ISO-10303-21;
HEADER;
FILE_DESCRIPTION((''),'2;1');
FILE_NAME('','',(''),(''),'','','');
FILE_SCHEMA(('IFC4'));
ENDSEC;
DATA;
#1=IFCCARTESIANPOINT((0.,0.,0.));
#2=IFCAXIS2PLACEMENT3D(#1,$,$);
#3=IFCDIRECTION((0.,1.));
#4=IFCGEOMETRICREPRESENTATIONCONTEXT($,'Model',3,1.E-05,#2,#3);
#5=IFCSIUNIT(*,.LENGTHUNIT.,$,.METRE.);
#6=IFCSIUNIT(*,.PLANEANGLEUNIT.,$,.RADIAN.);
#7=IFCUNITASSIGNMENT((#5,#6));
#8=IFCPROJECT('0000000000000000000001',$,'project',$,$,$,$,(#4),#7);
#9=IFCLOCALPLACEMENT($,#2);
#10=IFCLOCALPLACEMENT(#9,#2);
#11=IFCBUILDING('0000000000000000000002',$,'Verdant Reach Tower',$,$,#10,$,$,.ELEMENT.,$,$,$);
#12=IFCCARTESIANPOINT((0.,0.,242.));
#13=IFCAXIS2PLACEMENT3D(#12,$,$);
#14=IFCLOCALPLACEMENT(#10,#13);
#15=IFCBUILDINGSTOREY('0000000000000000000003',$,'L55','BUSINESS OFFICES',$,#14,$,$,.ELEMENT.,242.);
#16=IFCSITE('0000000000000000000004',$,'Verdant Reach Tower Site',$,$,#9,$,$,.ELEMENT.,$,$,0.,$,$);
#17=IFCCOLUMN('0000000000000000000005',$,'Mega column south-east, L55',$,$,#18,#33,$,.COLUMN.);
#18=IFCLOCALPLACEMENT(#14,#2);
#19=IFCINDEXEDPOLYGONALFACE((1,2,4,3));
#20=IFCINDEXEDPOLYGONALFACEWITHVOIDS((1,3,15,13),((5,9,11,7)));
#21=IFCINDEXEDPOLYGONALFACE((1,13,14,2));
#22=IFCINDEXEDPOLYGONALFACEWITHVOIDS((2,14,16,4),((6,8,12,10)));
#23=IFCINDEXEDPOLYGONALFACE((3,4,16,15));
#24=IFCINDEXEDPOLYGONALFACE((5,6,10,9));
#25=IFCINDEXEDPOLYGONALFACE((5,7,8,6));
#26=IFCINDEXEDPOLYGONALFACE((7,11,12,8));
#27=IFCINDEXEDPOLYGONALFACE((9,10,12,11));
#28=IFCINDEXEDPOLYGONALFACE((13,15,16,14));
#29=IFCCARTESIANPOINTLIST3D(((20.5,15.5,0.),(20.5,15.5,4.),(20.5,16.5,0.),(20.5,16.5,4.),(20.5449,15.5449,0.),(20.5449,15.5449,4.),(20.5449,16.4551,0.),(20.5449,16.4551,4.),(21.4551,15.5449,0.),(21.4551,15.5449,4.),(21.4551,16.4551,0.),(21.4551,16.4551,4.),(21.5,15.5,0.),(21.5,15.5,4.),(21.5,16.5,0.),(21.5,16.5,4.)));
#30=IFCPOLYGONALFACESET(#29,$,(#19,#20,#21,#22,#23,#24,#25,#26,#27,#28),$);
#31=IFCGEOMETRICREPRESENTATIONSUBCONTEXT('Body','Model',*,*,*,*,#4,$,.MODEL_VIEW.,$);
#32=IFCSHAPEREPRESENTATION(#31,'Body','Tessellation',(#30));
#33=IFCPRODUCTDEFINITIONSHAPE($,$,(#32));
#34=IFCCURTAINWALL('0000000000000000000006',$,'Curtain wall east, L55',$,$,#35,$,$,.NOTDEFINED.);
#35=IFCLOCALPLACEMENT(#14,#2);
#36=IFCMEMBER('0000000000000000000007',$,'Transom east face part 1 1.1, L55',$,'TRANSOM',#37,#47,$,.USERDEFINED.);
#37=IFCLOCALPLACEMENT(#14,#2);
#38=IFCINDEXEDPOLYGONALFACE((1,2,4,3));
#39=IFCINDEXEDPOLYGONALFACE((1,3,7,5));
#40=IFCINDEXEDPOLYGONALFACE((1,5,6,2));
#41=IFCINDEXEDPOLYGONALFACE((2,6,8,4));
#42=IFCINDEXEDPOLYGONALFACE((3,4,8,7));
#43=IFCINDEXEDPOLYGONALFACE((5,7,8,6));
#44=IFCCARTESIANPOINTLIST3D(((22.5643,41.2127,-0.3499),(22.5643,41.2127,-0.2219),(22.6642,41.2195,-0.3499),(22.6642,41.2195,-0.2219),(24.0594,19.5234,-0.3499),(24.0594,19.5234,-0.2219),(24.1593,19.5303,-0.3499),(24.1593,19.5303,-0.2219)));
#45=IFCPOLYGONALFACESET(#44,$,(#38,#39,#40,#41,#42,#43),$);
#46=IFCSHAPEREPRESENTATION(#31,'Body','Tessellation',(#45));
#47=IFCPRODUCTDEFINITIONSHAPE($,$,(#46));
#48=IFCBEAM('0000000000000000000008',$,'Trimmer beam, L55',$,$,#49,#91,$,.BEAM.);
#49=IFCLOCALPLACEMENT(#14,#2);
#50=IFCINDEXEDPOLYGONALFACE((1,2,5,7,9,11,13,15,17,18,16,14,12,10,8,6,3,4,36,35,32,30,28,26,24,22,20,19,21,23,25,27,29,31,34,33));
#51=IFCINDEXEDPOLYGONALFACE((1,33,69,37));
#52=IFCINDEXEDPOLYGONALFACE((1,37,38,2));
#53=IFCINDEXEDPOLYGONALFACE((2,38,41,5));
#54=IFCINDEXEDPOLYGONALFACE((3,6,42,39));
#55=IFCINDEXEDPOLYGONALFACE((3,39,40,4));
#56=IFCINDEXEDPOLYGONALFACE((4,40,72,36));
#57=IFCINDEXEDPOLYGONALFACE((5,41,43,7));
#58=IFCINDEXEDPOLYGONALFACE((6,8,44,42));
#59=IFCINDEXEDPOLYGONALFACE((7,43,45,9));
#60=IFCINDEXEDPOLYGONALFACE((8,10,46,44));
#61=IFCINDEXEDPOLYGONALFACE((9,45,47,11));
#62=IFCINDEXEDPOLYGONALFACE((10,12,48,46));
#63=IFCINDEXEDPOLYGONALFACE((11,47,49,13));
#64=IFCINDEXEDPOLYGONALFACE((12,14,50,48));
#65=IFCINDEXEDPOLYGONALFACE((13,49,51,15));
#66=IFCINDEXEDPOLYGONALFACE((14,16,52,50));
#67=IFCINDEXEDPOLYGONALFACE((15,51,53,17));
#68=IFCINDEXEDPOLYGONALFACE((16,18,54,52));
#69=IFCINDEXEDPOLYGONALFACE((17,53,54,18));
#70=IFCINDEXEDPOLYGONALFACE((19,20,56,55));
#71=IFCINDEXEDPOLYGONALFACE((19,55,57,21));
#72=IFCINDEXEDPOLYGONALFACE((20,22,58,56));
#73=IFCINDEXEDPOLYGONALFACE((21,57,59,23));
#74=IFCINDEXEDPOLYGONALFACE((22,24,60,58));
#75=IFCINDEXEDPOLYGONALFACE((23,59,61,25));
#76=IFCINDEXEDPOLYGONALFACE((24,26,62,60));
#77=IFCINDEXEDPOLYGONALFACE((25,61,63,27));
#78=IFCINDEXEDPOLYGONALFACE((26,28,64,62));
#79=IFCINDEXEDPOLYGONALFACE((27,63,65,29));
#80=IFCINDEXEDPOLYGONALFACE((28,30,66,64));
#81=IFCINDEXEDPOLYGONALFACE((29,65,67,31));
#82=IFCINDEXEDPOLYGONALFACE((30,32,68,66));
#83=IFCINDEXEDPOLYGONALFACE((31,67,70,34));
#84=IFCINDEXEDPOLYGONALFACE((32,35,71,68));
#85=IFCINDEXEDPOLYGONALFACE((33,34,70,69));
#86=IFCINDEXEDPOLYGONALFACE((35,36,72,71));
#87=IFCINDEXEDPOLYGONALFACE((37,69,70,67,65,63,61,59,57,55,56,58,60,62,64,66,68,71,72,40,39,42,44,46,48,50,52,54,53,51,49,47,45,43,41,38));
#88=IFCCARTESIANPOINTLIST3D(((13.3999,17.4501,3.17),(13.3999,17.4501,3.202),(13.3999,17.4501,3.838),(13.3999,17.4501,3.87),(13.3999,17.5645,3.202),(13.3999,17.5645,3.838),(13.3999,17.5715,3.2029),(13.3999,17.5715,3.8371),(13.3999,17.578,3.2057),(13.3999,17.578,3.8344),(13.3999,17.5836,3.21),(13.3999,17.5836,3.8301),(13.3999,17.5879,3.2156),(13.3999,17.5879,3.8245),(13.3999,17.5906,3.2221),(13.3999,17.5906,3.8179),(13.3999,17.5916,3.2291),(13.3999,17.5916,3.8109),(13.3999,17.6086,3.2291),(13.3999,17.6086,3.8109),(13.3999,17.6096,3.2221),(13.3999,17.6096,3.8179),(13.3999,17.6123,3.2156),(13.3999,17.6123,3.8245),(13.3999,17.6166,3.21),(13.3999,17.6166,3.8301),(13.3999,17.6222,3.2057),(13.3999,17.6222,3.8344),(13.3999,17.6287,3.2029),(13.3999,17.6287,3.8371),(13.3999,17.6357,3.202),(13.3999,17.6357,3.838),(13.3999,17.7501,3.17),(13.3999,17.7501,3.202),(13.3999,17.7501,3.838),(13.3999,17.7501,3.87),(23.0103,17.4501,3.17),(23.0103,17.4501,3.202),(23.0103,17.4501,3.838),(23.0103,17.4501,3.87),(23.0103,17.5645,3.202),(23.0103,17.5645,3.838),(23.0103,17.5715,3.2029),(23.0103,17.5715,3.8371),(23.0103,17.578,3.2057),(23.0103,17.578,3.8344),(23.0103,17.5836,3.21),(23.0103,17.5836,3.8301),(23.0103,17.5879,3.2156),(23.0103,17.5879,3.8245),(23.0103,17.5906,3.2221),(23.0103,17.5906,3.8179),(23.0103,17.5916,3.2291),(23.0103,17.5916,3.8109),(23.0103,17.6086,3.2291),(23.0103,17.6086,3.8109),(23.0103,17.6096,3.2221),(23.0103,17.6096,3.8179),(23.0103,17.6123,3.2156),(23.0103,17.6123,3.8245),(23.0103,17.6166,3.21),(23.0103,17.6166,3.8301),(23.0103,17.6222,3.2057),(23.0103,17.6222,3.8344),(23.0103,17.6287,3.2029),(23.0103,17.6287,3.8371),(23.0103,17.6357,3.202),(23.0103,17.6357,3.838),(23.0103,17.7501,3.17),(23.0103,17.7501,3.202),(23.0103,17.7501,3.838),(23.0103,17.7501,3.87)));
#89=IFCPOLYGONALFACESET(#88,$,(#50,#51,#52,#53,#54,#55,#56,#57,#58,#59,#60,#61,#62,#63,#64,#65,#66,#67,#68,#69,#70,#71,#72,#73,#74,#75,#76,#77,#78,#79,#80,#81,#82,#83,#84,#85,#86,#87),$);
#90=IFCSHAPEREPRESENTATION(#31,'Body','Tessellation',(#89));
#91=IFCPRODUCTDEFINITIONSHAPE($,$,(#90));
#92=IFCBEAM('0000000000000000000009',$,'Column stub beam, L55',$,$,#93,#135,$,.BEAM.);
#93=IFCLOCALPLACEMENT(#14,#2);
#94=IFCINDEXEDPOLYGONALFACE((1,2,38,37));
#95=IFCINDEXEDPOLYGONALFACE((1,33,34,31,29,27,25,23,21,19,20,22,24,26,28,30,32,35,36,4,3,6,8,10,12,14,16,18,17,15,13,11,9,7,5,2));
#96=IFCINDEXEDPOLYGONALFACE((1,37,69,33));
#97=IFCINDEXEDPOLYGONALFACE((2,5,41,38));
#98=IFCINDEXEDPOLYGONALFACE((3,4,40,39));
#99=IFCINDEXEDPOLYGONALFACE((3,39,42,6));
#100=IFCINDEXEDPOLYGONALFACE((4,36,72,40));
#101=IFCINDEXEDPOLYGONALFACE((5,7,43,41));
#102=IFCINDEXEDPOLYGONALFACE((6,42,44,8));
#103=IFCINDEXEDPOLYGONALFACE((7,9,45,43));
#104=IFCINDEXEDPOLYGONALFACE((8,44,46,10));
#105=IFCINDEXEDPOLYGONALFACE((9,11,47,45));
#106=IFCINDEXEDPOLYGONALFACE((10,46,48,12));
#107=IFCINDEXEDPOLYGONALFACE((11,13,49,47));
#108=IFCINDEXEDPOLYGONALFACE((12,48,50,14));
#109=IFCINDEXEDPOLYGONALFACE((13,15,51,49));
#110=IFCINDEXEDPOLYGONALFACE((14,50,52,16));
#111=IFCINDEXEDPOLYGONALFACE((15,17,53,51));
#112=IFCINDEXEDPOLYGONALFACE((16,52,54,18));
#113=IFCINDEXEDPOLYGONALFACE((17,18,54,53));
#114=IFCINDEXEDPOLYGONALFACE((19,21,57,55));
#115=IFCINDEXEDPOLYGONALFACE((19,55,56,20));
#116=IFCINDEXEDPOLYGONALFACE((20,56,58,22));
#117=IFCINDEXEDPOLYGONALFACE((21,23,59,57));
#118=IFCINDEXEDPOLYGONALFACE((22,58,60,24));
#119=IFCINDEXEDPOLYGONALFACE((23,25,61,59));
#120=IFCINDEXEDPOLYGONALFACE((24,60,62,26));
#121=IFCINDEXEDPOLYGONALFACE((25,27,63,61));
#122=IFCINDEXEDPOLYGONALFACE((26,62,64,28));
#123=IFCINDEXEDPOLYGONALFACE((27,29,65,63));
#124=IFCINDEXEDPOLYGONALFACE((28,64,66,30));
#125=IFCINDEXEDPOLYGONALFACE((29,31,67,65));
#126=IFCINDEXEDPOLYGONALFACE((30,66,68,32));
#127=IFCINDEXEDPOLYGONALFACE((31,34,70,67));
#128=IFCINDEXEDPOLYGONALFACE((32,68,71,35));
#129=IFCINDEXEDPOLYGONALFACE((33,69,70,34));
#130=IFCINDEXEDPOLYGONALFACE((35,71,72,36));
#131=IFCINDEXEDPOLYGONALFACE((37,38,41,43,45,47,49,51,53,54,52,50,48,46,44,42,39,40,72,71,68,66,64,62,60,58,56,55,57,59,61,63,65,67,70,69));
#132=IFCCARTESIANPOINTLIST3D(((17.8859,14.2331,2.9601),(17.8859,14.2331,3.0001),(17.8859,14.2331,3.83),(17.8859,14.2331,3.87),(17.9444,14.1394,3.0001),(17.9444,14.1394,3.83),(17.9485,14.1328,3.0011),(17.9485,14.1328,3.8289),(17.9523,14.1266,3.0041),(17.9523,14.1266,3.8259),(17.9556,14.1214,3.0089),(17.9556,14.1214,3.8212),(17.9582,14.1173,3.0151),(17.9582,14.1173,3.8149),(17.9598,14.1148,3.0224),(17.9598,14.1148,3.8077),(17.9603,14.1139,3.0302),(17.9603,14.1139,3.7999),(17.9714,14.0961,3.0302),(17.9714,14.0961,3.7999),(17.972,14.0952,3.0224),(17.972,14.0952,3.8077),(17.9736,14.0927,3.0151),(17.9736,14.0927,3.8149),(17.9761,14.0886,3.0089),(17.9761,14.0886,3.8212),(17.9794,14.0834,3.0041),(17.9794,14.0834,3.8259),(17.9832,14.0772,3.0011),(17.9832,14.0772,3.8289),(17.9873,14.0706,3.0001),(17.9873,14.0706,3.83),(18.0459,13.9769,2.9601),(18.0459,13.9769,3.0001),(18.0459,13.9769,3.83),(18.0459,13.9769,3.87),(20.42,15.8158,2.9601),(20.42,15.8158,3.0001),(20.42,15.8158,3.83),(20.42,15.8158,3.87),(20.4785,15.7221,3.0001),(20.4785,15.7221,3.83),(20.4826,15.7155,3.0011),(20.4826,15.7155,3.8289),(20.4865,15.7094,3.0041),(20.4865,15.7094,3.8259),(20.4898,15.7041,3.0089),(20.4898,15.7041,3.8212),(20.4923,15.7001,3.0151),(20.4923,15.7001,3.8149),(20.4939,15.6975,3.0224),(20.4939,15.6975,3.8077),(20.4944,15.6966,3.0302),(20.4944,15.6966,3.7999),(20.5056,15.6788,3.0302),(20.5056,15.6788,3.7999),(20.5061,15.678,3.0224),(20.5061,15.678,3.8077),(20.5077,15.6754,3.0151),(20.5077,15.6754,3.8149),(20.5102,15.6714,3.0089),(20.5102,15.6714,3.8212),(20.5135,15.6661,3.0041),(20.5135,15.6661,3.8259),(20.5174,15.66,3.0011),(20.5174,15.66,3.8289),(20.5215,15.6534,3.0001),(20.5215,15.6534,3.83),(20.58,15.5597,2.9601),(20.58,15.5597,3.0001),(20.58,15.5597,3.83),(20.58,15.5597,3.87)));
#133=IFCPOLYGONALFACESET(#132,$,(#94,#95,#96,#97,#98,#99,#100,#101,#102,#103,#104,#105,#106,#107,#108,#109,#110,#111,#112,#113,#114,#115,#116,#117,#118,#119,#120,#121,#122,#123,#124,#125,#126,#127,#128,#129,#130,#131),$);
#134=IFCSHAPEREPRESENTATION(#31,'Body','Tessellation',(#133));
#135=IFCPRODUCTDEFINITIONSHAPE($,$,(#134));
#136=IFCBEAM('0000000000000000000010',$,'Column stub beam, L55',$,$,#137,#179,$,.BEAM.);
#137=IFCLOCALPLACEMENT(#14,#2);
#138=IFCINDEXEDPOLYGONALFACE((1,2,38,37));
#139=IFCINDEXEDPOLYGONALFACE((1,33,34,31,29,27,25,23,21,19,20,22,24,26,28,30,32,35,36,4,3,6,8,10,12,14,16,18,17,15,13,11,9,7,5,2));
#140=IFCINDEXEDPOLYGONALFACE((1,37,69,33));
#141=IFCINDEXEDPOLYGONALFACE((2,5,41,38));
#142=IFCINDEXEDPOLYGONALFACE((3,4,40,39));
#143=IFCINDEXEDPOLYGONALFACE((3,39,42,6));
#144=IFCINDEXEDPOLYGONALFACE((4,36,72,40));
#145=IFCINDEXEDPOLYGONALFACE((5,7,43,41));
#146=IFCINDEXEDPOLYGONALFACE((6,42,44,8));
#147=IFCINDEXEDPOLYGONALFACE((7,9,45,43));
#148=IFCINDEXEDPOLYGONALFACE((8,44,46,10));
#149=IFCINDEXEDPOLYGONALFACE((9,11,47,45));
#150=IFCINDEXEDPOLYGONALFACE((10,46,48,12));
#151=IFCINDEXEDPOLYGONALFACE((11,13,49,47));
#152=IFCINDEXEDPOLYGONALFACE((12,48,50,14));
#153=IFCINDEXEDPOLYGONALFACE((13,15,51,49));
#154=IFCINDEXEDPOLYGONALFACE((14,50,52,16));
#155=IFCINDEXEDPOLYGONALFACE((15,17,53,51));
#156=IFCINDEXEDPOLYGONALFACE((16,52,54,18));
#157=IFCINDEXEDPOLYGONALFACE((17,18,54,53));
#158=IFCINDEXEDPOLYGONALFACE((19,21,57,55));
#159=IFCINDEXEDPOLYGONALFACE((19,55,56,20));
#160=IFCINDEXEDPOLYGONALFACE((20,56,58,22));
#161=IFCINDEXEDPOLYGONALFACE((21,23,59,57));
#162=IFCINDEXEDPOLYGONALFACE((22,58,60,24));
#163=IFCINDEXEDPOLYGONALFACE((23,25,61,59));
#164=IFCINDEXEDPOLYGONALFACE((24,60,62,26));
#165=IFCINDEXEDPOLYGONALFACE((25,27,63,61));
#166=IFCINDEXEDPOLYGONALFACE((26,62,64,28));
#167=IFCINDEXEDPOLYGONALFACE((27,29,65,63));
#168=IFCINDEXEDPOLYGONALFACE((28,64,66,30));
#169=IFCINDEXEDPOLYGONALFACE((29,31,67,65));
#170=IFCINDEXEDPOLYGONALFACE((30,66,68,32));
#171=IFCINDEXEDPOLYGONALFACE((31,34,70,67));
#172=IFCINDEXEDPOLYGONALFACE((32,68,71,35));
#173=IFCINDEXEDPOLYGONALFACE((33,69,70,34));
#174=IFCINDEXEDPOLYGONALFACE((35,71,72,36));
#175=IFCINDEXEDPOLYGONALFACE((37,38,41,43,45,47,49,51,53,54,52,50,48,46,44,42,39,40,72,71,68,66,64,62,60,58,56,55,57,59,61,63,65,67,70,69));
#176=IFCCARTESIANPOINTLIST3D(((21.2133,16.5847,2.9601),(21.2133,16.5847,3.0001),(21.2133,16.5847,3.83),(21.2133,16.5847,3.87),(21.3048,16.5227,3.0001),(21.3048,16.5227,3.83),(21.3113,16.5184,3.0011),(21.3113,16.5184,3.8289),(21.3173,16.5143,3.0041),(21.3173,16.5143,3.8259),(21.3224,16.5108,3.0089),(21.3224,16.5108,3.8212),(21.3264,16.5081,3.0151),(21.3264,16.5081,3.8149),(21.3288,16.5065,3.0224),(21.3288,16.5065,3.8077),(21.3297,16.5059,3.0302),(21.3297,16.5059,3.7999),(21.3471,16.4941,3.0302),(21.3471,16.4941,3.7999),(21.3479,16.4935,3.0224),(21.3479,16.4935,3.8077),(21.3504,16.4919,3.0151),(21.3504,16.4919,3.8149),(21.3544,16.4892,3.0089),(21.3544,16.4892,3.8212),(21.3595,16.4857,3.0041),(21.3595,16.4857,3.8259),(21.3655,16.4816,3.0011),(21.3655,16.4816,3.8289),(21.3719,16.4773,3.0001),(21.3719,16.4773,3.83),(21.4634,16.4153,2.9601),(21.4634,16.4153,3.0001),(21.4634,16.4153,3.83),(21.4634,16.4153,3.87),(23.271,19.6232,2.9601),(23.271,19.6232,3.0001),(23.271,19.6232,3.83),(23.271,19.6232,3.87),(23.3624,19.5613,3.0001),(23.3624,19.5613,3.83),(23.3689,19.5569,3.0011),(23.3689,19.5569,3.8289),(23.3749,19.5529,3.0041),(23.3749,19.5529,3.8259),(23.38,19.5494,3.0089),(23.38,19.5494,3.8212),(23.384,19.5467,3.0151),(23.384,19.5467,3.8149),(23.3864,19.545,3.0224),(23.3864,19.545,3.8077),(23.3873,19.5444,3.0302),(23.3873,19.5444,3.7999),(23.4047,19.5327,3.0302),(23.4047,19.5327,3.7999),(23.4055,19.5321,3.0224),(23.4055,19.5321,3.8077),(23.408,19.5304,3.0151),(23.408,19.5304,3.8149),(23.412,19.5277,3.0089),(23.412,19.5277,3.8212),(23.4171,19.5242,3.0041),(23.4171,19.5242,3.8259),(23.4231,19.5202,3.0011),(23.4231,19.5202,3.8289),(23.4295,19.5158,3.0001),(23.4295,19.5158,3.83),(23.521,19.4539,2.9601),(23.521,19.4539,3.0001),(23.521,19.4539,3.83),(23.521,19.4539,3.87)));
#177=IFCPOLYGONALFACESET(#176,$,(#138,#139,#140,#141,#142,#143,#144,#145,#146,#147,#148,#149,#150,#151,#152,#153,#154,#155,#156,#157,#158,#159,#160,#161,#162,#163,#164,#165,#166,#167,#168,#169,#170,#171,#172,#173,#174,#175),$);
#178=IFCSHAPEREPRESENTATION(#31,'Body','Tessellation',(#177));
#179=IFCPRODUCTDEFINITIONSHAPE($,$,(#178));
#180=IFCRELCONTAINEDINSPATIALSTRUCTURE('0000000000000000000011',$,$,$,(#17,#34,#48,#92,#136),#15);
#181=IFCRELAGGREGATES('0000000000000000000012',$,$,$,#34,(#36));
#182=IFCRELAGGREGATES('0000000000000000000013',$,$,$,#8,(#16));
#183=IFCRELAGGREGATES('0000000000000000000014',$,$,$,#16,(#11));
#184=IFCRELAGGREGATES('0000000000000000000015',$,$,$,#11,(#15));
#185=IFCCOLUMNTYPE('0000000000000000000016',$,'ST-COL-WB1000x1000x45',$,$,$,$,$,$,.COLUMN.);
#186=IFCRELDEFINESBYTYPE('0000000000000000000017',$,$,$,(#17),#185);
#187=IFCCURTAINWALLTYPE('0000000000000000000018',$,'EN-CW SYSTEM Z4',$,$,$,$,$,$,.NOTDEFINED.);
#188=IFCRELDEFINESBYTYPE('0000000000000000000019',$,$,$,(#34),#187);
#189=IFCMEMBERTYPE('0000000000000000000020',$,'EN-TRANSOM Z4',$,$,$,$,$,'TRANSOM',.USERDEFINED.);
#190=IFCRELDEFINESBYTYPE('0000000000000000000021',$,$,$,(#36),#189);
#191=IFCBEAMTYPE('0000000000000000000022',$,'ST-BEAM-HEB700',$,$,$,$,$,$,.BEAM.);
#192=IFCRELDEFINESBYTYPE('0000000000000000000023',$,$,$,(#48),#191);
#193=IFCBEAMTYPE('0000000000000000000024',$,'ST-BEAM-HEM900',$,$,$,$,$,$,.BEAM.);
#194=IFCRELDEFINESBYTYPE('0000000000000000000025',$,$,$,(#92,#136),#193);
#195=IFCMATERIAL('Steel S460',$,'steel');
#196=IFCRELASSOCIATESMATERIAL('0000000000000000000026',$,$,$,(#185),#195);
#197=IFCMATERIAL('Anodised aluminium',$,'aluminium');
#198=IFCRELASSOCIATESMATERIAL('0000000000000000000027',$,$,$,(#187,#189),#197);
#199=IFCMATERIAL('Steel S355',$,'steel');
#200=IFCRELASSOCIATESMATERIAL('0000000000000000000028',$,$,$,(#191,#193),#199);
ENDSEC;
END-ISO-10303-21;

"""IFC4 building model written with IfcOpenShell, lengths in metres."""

from ifc_helpers import new_model, si_unit, direction, frame, origin, origin_2d, place, context, subcontext, project, spatial, rectangle, hollow_rectangle, i_section, extrude, material, material_profile, profile_set, type_object, element, aggregate, save


model = new_model("IFC4")

# Units and contexts
model_context = context("Model", 3, precision=1e-05, world=origin(), true_north=direction((0.0, 1.0)))
body_context = subcontext(model_context, "Body", "Model", "MODEL_VIEW")
ifc_project = project(units=[si_unit("LENGTHUNIT", "METRE"), si_unit("PLANEANGLEUNIT", "RADIAN")], contexts=[model_context])

# Site, building, storey
site_placement = place(None, origin())
site = spatial("IfcSite", under=ifc_project, at=site_placement, Name="Verdant Reach Tower Site", CompositionType="ELEMENT", RefElevation=0.0)
building_placement = place(site_placement, origin())
building = spatial("IfcBuilding", under=site, at=building_placement, Name="Verdant Reach Tower", CompositionType="ELEMENT")
storey_placement = place(building_placement, frame((0.0, 0.0, 242.0)))
storey = spatial("IfcBuildingStorey", under=building, at=storey_placement, Name="L55", Description="BUSINESS OFFICES", CompositionType="ELEMENT", Elevation=242.0)

# Column
ifc_material_1 = material(Name="Steel S460", Category="steel")
ifc_material_profile_1 = material_profile(ifc_material_1, hollow_rectangle(XDim=1.0, YDim=1.0, WallThickness=0.0449, at=origin_2d()), Name="WB 1000x1000x45")
ifc_profile_set_1 = profile_set([ifc_material_profile_1], Name="Steel S460")
column_type = type_object("IfcColumnType", Name="ST-COL-WB1000x1000x45", PredefinedType="COLUMN", material=ifc_profile_set_1)
column_placement = place(storey_placement, frame((21.0, 16.0, 0.0), z_axis=(0.0, 0.0, 1.0), x_axis=(1.0, 0.0, 0.0)))
element("IfcColumn", 1, at=column_placement, inside=storey, type_object=column_type, Name="Mega column south-east, L55", PredefinedType="COLUMN", context=body_context, shape_type="SweptSolid", body=[
    extrude(hollow_rectangle(XDim=1.0, YDim=1.0, WallThickness=0.0449, at=origin_2d()), origin(), (0.0, 0.0, 1.0), 4.0),
])

# Curtain wall, member
ifc_material_2 = material(Name="Anodised aluminium", Category="aluminium")
curtain_wall_type = type_object("IfcCurtainWallType", Name="EN-CW SYSTEM Z4", PredefinedType="NOTDEFINED", material=ifc_material_2)
curtain_wall_1_placement = place(storey_placement, origin())
curtain_wall_1 = element("IfcCurtainWall", 2, at=curtain_wall_1_placement, inside=storey, type_object=curtain_wall_type, Name="Curtain wall east, L55", PredefinedType="NOTDEFINED")
ifc_material_profile_2 = material_profile(ifc_material_2, rectangle(XDim=0.1001, YDim=0.1279, at=origin_2d()), Name="Transom 128x100")
ifc_profile_set_2 = profile_set([ifc_material_profile_2], Name="Anodised aluminium")
member_type = type_object("IfcMemberType", Name="EN-TRANSOM Z4", ElementType="TRANSOM", PredefinedType="USERDEFINED", material=ifc_profile_set_2)
member_placement = place(storey_placement, frame((24.1094, 19.5269, -0.2859), z_axis=(-0.06877, 0.997633, 0.0), x_axis=(-0.997633, -0.06877, 0.0)))
member = element("IfcMember", 3, at=member_placement, type_object=member_type, Name="Transom east face part 1 1.1, L55", ObjectType="TRANSOM", PredefinedType="USERDEFINED", context=body_context, shape_type="SweptSolid", body=[
    extrude(rectangle(XDim=0.1001, YDim=0.1279, at=origin_2d()), origin(), (0.0, 0.0, 1.0), 21.7407),
])
aggregate(curtain_wall_1, [member])

# Beams
ifc_material_3 = material(Name="Steel S355", Category="steel")
ifc_material_profile_3 = material_profile(ifc_material_3, i_section(OverallWidth=0.3, OverallDepth=0.7, WebThickness=0.0171, FlangeThickness=0.032, FilletRadius=0.0271, at=origin_2d()), Name="HEB 700")
ifc_profile_set_3 = profile_set([ifc_material_profile_3], Name="Steel S355")
beam_type_1 = type_object("IfcBeamType", Name="ST-BEAM-HEB700", PredefinedType="BEAM", material=ifc_profile_set_3)
beam_1_placement = place(storey_placement, frame((13.3999, 17.6001, 3.52), z_axis=(1.0, 0.0, 0.0), x_axis=(0.0, 1.0, 0.0)))
element("IfcBeam", 4, at=beam_1_placement, inside=storey, type_object=beam_type_1, Name="Trimmer beam, L55", PredefinedType="BEAM", context=body_context, shape_type="SweptSolid", body=[
    extrude(i_section(OverallWidth=0.3, OverallDepth=0.7, WebThickness=0.0171, FlangeThickness=0.032, FilletRadius=0.0271, at=origin_2d()), origin(), (0.0, 0.0, 1.0), 9.6104),
])
ifc_material_profile_4 = material_profile(ifc_material_3, i_section(OverallWidth=0.302, OverallDepth=0.9099, WebThickness=0.021, FlangeThickness=0.04, FilletRadius=0.03, at=origin_2d()), Name="HEM 900")
ifc_profile_set_4 = profile_set([ifc_material_profile_4], Name="Steel S355")
beam_type_2 = type_object("IfcBeamType", Name="ST-BEAM-HEM900", PredefinedType="BEAM", material=ifc_profile_set_4)
beam_2_placement = place(storey_placement, frame((20.5, 15.6877, 3.415), z_axis=(-0.848164, -0.529735, 0.0), x_axis=(0.529735, -0.848164, 0.0)))
element("IfcBeam", 5, at=beam_2_placement, inside=storey, type_object=beam_type_2, Name="Column stub beam, L55", PredefinedType="BEAM", context=body_context, shape_type="SweptSolid", body=[
    extrude(i_section(OverallWidth=0.302, OverallDepth=0.9099, WebThickness=0.021, FlangeThickness=0.04, FilletRadius=0.03, at=origin_2d()), origin(), (0.0, 0.0, 1.0), 2.9878),
])
beam_3_placement = place(storey_placement, frame((21.3384, 16.5, 3.415), z_axis=(0.560704, 0.828016, 0.0), x_axis=(-0.828016, 0.560704, 0.0)))
element("IfcBeam", 6, at=beam_3_placement, inside=storey, type_object=beam_type_2, Name="Column stub beam, L55", PredefinedType="BEAM", context=body_context, shape_type="SweptSolid", body=[
    extrude(i_section(OverallWidth=0.302, OverallDepth=0.9099, WebThickness=0.021, FlangeThickness=0.04, FilletRadius=0.03, at=origin_2d()), origin(), (0.0, 0.0, 1.0), 3.6697),
])

save(model, "model.ifc")
